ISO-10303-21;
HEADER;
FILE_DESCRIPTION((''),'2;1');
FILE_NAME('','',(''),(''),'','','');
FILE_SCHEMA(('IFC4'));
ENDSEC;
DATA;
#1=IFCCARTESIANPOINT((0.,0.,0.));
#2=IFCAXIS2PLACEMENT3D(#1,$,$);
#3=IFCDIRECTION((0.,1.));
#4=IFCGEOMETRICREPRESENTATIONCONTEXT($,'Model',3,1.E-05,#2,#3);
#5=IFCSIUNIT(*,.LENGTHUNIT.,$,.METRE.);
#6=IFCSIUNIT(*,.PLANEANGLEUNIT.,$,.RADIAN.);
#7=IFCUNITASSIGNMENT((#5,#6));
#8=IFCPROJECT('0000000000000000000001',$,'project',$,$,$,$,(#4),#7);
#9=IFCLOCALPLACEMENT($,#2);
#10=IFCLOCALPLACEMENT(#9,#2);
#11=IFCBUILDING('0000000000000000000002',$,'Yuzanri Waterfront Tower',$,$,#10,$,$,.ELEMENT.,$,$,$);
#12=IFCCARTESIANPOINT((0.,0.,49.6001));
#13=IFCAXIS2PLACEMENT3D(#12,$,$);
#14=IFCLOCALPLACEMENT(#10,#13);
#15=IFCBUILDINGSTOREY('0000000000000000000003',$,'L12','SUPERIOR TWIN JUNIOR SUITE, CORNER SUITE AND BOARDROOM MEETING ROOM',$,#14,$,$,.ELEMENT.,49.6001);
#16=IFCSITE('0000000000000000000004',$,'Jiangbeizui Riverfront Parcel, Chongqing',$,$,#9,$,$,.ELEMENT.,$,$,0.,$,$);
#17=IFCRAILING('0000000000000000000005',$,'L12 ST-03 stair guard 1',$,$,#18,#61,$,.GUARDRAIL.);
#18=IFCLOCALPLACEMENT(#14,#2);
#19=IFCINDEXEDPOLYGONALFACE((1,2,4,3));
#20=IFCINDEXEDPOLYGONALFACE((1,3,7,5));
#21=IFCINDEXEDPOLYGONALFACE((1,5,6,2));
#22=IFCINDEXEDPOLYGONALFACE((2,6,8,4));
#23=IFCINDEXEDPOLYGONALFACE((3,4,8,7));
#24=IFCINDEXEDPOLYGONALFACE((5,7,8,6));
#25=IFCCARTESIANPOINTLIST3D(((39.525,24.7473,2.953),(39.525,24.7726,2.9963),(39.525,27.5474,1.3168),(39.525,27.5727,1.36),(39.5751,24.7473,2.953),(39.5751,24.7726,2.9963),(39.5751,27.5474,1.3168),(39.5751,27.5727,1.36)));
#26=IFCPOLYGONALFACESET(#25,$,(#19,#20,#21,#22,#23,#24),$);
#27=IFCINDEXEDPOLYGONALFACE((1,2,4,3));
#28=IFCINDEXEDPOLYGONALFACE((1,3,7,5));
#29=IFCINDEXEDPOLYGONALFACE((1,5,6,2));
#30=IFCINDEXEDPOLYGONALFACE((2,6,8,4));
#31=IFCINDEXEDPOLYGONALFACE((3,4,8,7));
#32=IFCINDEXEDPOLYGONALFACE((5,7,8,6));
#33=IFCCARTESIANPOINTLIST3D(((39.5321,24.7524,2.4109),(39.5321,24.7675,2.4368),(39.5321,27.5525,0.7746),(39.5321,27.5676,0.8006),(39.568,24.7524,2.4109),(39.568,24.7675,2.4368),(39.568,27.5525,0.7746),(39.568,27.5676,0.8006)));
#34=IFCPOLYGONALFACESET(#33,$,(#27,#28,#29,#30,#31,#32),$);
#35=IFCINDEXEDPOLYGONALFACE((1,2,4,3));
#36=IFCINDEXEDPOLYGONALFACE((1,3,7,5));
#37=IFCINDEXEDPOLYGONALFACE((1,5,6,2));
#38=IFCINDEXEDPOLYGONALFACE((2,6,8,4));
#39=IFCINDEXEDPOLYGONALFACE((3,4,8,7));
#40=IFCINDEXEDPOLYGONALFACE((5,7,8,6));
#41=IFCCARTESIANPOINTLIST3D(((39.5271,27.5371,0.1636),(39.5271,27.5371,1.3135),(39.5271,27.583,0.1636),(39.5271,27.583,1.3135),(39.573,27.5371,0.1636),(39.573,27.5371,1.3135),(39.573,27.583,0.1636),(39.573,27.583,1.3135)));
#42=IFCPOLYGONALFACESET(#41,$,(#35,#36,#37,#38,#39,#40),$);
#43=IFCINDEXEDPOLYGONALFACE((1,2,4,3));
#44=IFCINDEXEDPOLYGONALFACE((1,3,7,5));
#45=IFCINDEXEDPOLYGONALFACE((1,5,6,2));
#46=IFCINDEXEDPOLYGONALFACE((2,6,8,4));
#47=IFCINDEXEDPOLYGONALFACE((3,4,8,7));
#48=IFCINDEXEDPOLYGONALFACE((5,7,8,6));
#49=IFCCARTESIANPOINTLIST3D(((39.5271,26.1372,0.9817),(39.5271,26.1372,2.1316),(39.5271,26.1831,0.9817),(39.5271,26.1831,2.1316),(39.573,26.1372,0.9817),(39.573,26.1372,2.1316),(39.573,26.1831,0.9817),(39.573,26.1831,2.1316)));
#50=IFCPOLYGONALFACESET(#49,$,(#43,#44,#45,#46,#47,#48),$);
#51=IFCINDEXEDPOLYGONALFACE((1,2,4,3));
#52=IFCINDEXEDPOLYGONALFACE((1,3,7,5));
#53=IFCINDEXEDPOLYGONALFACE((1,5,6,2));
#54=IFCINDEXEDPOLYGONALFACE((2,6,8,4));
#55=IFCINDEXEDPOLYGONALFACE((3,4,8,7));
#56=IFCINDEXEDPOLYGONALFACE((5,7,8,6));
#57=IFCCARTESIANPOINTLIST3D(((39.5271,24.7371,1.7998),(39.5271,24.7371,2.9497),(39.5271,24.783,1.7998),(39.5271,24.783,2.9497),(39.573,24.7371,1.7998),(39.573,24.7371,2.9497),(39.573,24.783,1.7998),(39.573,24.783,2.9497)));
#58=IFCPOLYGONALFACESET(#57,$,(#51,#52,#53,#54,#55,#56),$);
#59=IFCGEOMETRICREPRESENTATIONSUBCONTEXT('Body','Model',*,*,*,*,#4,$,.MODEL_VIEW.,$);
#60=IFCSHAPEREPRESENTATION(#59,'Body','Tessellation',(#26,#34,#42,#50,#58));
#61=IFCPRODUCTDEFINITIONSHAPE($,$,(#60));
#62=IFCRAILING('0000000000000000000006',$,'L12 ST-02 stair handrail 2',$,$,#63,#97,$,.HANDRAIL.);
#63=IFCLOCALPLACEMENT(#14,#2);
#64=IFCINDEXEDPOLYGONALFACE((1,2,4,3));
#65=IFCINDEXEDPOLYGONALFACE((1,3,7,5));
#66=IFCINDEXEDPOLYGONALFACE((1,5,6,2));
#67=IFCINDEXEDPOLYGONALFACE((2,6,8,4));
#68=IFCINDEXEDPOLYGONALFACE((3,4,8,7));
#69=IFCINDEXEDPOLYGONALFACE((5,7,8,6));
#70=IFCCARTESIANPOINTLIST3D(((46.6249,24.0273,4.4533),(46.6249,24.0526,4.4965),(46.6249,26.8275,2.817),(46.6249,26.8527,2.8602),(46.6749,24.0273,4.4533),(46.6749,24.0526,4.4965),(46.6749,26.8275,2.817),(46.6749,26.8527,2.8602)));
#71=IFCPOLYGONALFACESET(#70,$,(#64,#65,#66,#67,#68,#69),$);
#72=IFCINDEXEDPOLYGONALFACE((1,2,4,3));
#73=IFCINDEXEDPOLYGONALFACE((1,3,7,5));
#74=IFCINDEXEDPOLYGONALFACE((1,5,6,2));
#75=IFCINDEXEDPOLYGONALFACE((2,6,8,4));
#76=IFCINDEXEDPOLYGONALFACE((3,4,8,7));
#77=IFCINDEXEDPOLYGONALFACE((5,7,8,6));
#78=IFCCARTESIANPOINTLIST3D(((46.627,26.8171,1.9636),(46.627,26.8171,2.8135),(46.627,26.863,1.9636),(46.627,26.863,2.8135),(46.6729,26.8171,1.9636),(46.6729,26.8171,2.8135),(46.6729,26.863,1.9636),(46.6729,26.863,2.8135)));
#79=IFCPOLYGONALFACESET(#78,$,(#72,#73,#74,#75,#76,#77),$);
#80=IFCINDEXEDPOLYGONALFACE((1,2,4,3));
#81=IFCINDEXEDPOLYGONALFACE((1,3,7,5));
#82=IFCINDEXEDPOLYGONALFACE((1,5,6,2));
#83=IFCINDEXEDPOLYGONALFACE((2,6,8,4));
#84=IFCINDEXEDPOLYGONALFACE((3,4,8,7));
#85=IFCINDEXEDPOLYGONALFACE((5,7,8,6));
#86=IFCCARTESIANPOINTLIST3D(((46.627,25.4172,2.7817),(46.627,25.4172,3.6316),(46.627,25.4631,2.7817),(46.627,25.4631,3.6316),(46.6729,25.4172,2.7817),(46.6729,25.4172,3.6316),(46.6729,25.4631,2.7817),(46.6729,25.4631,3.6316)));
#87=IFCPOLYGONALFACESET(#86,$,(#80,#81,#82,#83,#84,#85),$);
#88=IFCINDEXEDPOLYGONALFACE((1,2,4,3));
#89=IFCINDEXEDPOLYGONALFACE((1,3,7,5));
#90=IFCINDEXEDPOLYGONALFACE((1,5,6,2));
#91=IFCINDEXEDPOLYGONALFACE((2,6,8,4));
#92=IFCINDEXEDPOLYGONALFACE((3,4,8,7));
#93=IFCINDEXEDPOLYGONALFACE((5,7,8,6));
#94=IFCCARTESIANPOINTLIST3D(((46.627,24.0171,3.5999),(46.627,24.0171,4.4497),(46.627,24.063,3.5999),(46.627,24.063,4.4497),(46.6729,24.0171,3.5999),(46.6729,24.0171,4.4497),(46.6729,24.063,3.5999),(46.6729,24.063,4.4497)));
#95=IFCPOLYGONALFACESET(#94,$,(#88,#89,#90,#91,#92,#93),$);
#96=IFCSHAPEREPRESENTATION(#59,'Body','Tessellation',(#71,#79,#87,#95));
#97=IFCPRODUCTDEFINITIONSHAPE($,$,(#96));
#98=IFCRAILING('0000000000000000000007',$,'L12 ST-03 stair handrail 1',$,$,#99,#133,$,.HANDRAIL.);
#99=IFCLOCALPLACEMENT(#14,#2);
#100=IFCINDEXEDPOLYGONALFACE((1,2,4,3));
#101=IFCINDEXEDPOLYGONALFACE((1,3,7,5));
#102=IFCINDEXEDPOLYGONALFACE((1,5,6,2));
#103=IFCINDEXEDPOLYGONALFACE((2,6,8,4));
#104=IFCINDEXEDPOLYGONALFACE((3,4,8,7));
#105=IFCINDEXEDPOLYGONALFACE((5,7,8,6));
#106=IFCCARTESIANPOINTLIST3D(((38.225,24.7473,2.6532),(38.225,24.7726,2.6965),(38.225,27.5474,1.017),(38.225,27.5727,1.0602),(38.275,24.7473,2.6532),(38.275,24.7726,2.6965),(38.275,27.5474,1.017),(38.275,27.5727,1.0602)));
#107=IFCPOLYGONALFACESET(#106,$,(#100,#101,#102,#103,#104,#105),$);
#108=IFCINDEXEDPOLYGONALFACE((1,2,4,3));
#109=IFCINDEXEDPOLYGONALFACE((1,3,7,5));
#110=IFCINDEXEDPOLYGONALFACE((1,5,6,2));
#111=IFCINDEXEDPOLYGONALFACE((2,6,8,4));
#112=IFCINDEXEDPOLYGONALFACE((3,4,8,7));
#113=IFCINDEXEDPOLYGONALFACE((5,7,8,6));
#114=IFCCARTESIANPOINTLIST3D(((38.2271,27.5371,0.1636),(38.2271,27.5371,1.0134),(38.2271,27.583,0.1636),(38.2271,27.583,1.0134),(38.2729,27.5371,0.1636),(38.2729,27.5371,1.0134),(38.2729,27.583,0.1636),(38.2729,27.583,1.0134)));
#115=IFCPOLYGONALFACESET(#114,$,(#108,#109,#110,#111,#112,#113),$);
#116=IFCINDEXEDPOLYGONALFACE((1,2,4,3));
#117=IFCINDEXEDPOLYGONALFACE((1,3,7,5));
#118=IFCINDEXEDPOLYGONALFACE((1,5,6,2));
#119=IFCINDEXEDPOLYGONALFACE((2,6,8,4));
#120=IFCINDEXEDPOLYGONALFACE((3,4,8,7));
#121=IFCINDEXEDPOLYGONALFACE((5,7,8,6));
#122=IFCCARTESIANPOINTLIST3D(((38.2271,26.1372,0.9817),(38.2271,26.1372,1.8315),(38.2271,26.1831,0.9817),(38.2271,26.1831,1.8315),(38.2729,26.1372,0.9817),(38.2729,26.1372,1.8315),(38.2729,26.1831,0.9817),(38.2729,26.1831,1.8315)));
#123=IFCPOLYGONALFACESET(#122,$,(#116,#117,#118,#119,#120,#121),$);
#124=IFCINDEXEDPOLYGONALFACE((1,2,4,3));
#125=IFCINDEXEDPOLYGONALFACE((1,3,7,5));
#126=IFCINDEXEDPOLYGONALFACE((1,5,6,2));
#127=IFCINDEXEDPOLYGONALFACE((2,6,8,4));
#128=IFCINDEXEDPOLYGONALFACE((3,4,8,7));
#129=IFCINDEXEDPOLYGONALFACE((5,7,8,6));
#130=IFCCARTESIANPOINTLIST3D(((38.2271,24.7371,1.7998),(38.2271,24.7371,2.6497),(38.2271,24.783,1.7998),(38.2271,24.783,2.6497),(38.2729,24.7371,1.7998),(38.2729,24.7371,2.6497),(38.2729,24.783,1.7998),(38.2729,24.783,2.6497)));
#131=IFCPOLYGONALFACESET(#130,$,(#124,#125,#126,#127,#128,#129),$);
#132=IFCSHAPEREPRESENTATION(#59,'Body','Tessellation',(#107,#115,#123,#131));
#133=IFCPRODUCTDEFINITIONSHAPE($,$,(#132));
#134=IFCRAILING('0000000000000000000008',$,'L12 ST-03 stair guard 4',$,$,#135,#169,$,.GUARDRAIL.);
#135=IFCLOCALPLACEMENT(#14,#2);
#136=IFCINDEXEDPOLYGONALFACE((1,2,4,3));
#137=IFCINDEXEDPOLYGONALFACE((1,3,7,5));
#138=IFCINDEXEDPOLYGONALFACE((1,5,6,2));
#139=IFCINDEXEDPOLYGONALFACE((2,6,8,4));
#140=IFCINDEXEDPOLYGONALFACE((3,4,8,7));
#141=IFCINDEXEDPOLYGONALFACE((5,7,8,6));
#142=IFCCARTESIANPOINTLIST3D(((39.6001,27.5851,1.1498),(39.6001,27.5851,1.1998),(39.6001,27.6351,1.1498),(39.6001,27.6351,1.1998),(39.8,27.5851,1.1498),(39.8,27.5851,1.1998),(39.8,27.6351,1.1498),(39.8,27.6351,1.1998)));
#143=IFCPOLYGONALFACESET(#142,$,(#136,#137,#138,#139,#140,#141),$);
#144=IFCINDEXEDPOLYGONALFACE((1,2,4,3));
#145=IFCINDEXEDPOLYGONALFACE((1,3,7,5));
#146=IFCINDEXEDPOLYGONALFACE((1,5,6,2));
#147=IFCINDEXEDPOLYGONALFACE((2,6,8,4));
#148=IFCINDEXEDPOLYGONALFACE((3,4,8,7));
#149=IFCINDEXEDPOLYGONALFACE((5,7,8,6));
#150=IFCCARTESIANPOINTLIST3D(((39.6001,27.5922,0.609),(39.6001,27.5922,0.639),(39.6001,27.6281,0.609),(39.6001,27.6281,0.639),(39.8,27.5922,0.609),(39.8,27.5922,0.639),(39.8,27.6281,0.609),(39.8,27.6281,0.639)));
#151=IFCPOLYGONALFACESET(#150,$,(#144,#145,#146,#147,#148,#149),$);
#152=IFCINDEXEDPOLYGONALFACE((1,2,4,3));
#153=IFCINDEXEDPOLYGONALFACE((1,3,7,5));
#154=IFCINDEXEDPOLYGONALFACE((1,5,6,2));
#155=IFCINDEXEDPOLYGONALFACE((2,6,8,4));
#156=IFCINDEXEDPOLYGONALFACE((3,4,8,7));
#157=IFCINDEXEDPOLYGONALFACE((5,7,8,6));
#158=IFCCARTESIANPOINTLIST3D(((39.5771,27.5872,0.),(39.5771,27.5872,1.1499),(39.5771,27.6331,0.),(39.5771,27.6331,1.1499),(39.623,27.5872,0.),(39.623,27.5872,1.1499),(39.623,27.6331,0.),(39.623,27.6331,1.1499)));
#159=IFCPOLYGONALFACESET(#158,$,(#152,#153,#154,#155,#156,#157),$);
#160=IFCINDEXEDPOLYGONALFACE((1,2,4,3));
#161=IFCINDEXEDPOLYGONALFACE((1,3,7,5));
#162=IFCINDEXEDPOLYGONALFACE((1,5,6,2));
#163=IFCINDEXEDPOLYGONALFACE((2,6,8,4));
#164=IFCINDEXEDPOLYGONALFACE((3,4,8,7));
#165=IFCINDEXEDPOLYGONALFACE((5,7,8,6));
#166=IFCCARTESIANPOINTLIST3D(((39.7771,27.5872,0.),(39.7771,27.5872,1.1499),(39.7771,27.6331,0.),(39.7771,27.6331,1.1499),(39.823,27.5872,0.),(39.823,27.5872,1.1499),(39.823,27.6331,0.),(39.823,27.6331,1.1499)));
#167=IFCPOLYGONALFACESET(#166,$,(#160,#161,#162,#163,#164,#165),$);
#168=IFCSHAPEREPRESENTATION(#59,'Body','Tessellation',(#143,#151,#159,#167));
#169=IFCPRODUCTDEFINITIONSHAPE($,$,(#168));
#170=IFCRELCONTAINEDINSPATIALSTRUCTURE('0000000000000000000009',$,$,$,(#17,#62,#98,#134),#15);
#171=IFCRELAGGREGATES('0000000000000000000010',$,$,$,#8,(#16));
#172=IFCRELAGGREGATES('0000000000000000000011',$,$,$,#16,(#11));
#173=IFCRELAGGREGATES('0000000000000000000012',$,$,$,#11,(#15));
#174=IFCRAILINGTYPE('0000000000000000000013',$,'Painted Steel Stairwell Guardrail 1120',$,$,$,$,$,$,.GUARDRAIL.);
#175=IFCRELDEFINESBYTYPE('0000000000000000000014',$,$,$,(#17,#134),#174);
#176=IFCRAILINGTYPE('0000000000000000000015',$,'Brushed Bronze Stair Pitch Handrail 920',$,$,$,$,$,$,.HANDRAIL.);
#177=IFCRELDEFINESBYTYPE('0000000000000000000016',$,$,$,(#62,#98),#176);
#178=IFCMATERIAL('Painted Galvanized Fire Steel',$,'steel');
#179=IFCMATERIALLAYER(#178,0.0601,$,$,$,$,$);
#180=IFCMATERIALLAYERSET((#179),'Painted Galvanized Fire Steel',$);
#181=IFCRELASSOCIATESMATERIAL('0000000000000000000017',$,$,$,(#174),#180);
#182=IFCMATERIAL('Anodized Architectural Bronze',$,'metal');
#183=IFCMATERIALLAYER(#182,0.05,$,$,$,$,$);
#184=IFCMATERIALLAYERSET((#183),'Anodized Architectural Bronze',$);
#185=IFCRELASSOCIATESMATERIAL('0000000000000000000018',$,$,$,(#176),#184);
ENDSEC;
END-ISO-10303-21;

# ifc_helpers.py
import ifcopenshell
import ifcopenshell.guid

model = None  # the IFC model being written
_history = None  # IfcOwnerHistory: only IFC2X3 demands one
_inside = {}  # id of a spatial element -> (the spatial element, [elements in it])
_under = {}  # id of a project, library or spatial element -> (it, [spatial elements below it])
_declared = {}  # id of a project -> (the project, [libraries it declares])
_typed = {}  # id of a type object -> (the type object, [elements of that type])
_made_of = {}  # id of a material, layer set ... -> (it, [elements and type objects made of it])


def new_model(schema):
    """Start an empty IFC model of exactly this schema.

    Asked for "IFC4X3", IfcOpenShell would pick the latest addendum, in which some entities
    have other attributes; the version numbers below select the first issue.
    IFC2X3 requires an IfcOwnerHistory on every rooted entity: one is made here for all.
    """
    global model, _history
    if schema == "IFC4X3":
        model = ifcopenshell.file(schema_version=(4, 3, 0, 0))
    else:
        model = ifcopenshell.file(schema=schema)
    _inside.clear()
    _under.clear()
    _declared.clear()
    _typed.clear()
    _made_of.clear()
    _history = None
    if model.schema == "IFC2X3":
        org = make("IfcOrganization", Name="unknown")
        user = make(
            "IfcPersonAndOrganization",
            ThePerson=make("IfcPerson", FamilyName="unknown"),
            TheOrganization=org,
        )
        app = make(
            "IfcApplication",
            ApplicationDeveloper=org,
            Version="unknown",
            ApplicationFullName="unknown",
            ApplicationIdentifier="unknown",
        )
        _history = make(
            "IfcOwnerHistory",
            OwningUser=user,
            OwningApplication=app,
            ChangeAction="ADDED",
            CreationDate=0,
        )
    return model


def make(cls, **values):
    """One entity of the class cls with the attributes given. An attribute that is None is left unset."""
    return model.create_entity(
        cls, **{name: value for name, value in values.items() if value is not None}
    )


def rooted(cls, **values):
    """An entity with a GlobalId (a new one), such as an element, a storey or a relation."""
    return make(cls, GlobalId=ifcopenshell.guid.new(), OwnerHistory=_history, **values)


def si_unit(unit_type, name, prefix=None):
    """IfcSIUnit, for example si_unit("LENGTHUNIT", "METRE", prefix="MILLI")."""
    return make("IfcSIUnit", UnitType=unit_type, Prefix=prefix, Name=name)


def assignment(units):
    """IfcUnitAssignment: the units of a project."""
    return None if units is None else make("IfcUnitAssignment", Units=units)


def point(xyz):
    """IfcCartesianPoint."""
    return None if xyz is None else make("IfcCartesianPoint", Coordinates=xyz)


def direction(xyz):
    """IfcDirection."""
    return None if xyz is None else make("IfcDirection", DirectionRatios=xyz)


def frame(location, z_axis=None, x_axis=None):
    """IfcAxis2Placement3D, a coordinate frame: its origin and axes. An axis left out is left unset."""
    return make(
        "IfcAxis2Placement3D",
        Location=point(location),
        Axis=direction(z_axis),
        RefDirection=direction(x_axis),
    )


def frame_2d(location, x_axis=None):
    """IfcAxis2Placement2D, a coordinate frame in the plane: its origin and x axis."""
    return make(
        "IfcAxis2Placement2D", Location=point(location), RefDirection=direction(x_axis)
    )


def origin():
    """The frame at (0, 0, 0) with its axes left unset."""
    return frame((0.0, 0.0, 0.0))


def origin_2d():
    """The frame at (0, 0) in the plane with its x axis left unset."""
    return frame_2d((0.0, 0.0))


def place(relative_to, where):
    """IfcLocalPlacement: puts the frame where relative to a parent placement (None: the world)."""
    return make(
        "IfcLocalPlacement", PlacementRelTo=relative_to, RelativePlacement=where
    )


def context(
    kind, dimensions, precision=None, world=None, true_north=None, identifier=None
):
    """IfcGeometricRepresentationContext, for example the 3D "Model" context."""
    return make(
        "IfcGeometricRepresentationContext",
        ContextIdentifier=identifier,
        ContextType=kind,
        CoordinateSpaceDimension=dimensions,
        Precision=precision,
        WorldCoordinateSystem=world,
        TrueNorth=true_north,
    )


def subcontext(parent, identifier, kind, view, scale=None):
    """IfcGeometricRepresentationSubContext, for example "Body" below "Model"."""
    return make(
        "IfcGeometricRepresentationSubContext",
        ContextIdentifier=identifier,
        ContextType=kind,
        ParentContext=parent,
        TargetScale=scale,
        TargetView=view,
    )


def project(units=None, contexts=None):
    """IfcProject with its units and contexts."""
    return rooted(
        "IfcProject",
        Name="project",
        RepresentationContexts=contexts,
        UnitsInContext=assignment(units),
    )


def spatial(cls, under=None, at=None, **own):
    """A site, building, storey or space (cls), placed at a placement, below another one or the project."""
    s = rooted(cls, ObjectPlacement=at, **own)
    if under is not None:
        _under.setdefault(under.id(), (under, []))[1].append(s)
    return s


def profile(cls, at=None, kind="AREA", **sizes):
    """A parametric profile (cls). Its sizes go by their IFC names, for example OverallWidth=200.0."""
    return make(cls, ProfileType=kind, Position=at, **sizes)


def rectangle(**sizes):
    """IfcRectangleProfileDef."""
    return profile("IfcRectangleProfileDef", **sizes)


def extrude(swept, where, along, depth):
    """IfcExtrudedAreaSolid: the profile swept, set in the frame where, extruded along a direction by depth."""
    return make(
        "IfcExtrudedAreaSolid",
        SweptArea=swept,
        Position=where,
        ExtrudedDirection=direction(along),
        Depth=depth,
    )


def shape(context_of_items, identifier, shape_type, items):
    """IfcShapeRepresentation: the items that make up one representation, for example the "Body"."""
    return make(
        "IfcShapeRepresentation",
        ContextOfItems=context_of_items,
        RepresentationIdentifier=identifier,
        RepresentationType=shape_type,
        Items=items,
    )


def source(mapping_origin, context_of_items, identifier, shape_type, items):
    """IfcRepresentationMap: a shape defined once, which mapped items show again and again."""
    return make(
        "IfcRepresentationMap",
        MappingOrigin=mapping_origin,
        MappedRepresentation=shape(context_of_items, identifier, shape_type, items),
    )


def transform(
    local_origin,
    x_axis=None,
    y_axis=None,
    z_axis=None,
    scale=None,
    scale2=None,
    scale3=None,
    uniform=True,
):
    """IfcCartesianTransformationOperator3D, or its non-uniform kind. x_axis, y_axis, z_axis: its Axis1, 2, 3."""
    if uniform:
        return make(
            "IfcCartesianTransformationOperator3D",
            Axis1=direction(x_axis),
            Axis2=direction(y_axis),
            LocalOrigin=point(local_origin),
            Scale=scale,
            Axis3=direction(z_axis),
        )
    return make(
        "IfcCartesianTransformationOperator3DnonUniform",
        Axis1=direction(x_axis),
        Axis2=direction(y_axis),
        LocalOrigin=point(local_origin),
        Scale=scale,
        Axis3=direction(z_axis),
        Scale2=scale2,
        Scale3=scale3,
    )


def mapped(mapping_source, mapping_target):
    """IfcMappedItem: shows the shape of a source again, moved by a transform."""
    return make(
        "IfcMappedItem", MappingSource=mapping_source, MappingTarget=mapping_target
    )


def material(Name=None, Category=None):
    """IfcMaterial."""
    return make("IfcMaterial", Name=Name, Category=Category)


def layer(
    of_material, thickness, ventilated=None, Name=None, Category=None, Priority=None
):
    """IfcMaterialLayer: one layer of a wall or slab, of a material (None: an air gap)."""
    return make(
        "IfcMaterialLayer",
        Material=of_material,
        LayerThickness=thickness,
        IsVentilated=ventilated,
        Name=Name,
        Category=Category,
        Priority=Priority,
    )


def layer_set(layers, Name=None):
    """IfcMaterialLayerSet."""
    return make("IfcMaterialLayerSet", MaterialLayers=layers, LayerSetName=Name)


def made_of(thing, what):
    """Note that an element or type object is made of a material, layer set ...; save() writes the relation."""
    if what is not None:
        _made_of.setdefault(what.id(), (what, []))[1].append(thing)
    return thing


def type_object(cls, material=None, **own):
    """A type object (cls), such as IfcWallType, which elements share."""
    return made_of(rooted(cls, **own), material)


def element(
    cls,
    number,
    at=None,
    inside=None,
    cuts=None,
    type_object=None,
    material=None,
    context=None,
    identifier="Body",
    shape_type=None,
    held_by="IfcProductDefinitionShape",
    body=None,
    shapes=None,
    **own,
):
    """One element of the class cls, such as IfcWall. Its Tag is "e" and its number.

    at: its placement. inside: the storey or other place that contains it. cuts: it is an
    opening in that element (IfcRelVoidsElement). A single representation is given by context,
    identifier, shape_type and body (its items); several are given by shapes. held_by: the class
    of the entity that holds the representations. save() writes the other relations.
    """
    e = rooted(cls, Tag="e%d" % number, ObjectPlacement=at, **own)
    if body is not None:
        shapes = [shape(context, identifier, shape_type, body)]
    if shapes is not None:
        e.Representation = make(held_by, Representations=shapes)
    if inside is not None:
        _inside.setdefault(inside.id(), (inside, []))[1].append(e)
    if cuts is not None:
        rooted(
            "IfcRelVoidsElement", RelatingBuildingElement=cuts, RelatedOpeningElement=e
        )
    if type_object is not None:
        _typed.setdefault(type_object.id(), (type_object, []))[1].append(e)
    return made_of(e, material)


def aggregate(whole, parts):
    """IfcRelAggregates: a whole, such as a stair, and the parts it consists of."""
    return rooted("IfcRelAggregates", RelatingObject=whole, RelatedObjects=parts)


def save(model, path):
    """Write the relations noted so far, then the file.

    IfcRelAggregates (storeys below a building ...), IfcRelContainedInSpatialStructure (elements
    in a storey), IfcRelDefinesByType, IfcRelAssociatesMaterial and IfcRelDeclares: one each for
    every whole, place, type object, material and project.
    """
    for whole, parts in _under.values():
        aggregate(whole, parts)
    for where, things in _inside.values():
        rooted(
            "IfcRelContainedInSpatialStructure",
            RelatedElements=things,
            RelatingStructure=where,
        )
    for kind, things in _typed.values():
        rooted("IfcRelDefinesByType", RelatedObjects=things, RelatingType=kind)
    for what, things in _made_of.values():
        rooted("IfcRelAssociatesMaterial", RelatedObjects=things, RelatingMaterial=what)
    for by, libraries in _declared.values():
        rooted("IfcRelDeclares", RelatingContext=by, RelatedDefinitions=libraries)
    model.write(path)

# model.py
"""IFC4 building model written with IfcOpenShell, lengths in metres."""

from ifc_helpers import new_model, si_unit, direction, frame, origin, origin_2d, place, context, subcontext, project, spatial, rectangle, extrude, source, transform, mapped, material, layer, layer_set, type_object, element, save


model = new_model("IFC4")

# Units and contexts
model_context = context("Model", 3, precision=1e-05, world=origin(), true_north=direction((0.0, 1.0)))
body_context = subcontext(model_context, "Body", "Model", "MODEL_VIEW")
ifc_project = project(units=[si_unit("LENGTHUNIT", "METRE"), si_unit("PLANEANGLEUNIT", "RADIAN")], contexts=[model_context])

# Site, building, storey
site_placement = place(None, origin())
site = spatial("IfcSite", under=ifc_project, at=site_placement, Name="Jiangbeizui Riverfront Parcel, Chongqing", CompositionType="ELEMENT", RefElevation=0.0)
building_placement = place(site_placement, origin())
building = spatial("IfcBuilding", under=site, at=building_placement, Name="Yuzanri Waterfront Tower", CompositionType="ELEMENT")
storey_placement = place(building_placement, frame((0.0, 0.0, 49.6001)))
storey = spatial("IfcBuildingStorey", under=building, at=storey_placement, Name="L12", Description="SUPERIOR TWIN JUNIOR SUITE, CORNER SUITE AND BOARDROOM MEETING ROOM", CompositionType="ELEMENT", Elevation=49.6001)

# Railings
ifc_material_1 = material(Name="Painted Galvanized Fire Steel", Category="steel")
ifc_layer_1 = layer(ifc_material_1, 0.0601)
ifc_layer_set_1 = layer_set([ifc_layer_1], Name="Painted Galvanized Fire Steel")
railing_type_1 = type_object("IfcRailingType", Name="Painted Steel Stairwell Guardrail 1120", PredefinedType="GUARDRAIL", material=ifc_layer_set_1)
shared_shape_1 = source(origin(), body_context, "Body", "SweptSolid", [
    extrude(rectangle(XDim=0.05, YDim=0.05, at=origin_2d()), frame((0.0, 0.0, 1.1748), z_axis=(0.0, -0.863394, 0.504531), x_axis=(1.0, 0.0, 0.0)), (0.0, 0.0, 1.0), 3.2432),
    extrude(rectangle(XDim=0.0359, YDim=0.03, at=origin_2d()), frame((0.0, 0.0, 0.624), z_axis=(0.0, -0.863394, 0.504531), x_axis=(1.0, 0.0, 0.0)), (0.0, 0.0, 1.0), 3.2432),
    extrude(rectangle(XDim=0.0459, YDim=0.0459, at=origin_2d()), origin(), (0.0, 0.0, 1.0), 1.1499),
    extrude(rectangle(XDim=0.0459, YDim=0.0459, at=origin_2d()), frame((0.0, -1.3999, 0.8181)), (0.0, 0.0, 1.0), 1.1499),
    extrude(rectangle(XDim=0.0459, YDim=0.0459, at=origin_2d()), frame((0.0, -2.8, 1.6362)), (0.0, 0.0, 1.0), 1.1499),
])
for number, where, name in (
    (1, (39.55, 27.5601, 0.1636), "L12 ST-03 stair guard 1"),
):
    element("IfcRailing", number, at=place(storey_placement, frame(where)), inside=storey, type_object=railing_type_1, Name=name, PredefinedType="GUARDRAIL", context=body_context, shape_type="MappedRepresentation", body=[
        mapped(shared_shape_1, transform((0.0, 0.0, 0.0), scale=1.0)),
    ])
ifc_material_2 = material(Name="Anodized Architectural Bronze", Category="metal")
ifc_layer_2 = layer(ifc_material_2, 0.05)
ifc_layer_set_2 = layer_set([ifc_layer_2], Name="Anodized Architectural Bronze")
railing_type_2 = type_object("IfcRailingType", Name="Brushed Bronze Stair Pitch Handrail 920", PredefinedType="HANDRAIL", material=ifc_layer_set_2)
shared_shape_2 = source(origin(), body_context, "Body", "SweptSolid", [
    extrude(rectangle(XDim=0.05, YDim=0.05, at=origin_2d()), frame((0.0, 0.0, 0.875), z_axis=(0.0, -0.863394, 0.504531), x_axis=(1.0, 0.0, 0.0)), (0.0, 0.0, 1.0), 3.2432),
    extrude(rectangle(XDim=0.0459, YDim=0.0459, at=origin_2d()), origin(), (0.0, 0.0, 1.0), 0.8499),
    extrude(rectangle(XDim=0.0459, YDim=0.0459, at=origin_2d()), frame((0.0, -1.3999, 0.8181)), (0.0, 0.0, 1.0), 0.8499),
    extrude(rectangle(XDim=0.0459, YDim=0.0459, at=origin_2d()), frame((0.0, -2.8, 1.6362)), (0.0, 0.0, 1.0), 0.8499),
])
for number, where, name in (
    (2, (46.6499, 26.8401, 1.9636), "L12 ST-02 stair handrail 2"),
    (3, (38.25, 27.5601, 0.1636), "L12 ST-03 stair handrail 1"),
):
    element("IfcRailing", number, at=place(storey_placement, frame(where)), inside=storey, type_object=railing_type_2, Name=name, PredefinedType="HANDRAIL", context=body_context, shape_type="MappedRepresentation", body=[
        mapped(shared_shape_2, transform((0.0, 0.0, 0.0), scale=1.0)),
    ])
shared_shape_3 = source(origin(), body_context, "Body", "SweptSolid", [
    extrude(rectangle(XDim=0.05, YDim=0.05, at=origin_2d()), frame((0.0, 0.0, 1.1748), z_axis=(1.0, 0.0, 0.0), x_axis=(0.0, 1.0, 0.0)), (0.0, 0.0, 1.0), 0.2),
    extrude(rectangle(XDim=0.0359, YDim=0.03, at=origin_2d()), frame((0.0, 0.0, 0.624), z_axis=(1.0, 0.0, 0.0), x_axis=(0.0, 1.0, 0.0)), (0.0, 0.0, 1.0), 0.2),
    extrude(rectangle(XDim=0.0459, YDim=0.0459, at=origin_2d()), origin(), (0.0, 0.0, 1.0), 1.1499),
    extrude(rectangle(XDim=0.0459, YDim=0.0459, at=origin_2d()), frame((0.2, 0.0, 0.0)), (0.0, 0.0, 1.0), 1.1499),
])
railing_placement = place(storey_placement, frame((39.6001, 27.6101, 0.0)))
element("IfcRailing", 4, at=railing_placement, inside=storey, type_object=railing_type_1, Name="L12 ST-03 stair guard 4", PredefinedType="GUARDRAIL", context=body_context, shape_type="MappedRepresentation", body=[
    mapped(shared_shape_3, transform((0.0, 0.0, 0.0), scale=1.0)),
])

save(model, "model.ifc")
